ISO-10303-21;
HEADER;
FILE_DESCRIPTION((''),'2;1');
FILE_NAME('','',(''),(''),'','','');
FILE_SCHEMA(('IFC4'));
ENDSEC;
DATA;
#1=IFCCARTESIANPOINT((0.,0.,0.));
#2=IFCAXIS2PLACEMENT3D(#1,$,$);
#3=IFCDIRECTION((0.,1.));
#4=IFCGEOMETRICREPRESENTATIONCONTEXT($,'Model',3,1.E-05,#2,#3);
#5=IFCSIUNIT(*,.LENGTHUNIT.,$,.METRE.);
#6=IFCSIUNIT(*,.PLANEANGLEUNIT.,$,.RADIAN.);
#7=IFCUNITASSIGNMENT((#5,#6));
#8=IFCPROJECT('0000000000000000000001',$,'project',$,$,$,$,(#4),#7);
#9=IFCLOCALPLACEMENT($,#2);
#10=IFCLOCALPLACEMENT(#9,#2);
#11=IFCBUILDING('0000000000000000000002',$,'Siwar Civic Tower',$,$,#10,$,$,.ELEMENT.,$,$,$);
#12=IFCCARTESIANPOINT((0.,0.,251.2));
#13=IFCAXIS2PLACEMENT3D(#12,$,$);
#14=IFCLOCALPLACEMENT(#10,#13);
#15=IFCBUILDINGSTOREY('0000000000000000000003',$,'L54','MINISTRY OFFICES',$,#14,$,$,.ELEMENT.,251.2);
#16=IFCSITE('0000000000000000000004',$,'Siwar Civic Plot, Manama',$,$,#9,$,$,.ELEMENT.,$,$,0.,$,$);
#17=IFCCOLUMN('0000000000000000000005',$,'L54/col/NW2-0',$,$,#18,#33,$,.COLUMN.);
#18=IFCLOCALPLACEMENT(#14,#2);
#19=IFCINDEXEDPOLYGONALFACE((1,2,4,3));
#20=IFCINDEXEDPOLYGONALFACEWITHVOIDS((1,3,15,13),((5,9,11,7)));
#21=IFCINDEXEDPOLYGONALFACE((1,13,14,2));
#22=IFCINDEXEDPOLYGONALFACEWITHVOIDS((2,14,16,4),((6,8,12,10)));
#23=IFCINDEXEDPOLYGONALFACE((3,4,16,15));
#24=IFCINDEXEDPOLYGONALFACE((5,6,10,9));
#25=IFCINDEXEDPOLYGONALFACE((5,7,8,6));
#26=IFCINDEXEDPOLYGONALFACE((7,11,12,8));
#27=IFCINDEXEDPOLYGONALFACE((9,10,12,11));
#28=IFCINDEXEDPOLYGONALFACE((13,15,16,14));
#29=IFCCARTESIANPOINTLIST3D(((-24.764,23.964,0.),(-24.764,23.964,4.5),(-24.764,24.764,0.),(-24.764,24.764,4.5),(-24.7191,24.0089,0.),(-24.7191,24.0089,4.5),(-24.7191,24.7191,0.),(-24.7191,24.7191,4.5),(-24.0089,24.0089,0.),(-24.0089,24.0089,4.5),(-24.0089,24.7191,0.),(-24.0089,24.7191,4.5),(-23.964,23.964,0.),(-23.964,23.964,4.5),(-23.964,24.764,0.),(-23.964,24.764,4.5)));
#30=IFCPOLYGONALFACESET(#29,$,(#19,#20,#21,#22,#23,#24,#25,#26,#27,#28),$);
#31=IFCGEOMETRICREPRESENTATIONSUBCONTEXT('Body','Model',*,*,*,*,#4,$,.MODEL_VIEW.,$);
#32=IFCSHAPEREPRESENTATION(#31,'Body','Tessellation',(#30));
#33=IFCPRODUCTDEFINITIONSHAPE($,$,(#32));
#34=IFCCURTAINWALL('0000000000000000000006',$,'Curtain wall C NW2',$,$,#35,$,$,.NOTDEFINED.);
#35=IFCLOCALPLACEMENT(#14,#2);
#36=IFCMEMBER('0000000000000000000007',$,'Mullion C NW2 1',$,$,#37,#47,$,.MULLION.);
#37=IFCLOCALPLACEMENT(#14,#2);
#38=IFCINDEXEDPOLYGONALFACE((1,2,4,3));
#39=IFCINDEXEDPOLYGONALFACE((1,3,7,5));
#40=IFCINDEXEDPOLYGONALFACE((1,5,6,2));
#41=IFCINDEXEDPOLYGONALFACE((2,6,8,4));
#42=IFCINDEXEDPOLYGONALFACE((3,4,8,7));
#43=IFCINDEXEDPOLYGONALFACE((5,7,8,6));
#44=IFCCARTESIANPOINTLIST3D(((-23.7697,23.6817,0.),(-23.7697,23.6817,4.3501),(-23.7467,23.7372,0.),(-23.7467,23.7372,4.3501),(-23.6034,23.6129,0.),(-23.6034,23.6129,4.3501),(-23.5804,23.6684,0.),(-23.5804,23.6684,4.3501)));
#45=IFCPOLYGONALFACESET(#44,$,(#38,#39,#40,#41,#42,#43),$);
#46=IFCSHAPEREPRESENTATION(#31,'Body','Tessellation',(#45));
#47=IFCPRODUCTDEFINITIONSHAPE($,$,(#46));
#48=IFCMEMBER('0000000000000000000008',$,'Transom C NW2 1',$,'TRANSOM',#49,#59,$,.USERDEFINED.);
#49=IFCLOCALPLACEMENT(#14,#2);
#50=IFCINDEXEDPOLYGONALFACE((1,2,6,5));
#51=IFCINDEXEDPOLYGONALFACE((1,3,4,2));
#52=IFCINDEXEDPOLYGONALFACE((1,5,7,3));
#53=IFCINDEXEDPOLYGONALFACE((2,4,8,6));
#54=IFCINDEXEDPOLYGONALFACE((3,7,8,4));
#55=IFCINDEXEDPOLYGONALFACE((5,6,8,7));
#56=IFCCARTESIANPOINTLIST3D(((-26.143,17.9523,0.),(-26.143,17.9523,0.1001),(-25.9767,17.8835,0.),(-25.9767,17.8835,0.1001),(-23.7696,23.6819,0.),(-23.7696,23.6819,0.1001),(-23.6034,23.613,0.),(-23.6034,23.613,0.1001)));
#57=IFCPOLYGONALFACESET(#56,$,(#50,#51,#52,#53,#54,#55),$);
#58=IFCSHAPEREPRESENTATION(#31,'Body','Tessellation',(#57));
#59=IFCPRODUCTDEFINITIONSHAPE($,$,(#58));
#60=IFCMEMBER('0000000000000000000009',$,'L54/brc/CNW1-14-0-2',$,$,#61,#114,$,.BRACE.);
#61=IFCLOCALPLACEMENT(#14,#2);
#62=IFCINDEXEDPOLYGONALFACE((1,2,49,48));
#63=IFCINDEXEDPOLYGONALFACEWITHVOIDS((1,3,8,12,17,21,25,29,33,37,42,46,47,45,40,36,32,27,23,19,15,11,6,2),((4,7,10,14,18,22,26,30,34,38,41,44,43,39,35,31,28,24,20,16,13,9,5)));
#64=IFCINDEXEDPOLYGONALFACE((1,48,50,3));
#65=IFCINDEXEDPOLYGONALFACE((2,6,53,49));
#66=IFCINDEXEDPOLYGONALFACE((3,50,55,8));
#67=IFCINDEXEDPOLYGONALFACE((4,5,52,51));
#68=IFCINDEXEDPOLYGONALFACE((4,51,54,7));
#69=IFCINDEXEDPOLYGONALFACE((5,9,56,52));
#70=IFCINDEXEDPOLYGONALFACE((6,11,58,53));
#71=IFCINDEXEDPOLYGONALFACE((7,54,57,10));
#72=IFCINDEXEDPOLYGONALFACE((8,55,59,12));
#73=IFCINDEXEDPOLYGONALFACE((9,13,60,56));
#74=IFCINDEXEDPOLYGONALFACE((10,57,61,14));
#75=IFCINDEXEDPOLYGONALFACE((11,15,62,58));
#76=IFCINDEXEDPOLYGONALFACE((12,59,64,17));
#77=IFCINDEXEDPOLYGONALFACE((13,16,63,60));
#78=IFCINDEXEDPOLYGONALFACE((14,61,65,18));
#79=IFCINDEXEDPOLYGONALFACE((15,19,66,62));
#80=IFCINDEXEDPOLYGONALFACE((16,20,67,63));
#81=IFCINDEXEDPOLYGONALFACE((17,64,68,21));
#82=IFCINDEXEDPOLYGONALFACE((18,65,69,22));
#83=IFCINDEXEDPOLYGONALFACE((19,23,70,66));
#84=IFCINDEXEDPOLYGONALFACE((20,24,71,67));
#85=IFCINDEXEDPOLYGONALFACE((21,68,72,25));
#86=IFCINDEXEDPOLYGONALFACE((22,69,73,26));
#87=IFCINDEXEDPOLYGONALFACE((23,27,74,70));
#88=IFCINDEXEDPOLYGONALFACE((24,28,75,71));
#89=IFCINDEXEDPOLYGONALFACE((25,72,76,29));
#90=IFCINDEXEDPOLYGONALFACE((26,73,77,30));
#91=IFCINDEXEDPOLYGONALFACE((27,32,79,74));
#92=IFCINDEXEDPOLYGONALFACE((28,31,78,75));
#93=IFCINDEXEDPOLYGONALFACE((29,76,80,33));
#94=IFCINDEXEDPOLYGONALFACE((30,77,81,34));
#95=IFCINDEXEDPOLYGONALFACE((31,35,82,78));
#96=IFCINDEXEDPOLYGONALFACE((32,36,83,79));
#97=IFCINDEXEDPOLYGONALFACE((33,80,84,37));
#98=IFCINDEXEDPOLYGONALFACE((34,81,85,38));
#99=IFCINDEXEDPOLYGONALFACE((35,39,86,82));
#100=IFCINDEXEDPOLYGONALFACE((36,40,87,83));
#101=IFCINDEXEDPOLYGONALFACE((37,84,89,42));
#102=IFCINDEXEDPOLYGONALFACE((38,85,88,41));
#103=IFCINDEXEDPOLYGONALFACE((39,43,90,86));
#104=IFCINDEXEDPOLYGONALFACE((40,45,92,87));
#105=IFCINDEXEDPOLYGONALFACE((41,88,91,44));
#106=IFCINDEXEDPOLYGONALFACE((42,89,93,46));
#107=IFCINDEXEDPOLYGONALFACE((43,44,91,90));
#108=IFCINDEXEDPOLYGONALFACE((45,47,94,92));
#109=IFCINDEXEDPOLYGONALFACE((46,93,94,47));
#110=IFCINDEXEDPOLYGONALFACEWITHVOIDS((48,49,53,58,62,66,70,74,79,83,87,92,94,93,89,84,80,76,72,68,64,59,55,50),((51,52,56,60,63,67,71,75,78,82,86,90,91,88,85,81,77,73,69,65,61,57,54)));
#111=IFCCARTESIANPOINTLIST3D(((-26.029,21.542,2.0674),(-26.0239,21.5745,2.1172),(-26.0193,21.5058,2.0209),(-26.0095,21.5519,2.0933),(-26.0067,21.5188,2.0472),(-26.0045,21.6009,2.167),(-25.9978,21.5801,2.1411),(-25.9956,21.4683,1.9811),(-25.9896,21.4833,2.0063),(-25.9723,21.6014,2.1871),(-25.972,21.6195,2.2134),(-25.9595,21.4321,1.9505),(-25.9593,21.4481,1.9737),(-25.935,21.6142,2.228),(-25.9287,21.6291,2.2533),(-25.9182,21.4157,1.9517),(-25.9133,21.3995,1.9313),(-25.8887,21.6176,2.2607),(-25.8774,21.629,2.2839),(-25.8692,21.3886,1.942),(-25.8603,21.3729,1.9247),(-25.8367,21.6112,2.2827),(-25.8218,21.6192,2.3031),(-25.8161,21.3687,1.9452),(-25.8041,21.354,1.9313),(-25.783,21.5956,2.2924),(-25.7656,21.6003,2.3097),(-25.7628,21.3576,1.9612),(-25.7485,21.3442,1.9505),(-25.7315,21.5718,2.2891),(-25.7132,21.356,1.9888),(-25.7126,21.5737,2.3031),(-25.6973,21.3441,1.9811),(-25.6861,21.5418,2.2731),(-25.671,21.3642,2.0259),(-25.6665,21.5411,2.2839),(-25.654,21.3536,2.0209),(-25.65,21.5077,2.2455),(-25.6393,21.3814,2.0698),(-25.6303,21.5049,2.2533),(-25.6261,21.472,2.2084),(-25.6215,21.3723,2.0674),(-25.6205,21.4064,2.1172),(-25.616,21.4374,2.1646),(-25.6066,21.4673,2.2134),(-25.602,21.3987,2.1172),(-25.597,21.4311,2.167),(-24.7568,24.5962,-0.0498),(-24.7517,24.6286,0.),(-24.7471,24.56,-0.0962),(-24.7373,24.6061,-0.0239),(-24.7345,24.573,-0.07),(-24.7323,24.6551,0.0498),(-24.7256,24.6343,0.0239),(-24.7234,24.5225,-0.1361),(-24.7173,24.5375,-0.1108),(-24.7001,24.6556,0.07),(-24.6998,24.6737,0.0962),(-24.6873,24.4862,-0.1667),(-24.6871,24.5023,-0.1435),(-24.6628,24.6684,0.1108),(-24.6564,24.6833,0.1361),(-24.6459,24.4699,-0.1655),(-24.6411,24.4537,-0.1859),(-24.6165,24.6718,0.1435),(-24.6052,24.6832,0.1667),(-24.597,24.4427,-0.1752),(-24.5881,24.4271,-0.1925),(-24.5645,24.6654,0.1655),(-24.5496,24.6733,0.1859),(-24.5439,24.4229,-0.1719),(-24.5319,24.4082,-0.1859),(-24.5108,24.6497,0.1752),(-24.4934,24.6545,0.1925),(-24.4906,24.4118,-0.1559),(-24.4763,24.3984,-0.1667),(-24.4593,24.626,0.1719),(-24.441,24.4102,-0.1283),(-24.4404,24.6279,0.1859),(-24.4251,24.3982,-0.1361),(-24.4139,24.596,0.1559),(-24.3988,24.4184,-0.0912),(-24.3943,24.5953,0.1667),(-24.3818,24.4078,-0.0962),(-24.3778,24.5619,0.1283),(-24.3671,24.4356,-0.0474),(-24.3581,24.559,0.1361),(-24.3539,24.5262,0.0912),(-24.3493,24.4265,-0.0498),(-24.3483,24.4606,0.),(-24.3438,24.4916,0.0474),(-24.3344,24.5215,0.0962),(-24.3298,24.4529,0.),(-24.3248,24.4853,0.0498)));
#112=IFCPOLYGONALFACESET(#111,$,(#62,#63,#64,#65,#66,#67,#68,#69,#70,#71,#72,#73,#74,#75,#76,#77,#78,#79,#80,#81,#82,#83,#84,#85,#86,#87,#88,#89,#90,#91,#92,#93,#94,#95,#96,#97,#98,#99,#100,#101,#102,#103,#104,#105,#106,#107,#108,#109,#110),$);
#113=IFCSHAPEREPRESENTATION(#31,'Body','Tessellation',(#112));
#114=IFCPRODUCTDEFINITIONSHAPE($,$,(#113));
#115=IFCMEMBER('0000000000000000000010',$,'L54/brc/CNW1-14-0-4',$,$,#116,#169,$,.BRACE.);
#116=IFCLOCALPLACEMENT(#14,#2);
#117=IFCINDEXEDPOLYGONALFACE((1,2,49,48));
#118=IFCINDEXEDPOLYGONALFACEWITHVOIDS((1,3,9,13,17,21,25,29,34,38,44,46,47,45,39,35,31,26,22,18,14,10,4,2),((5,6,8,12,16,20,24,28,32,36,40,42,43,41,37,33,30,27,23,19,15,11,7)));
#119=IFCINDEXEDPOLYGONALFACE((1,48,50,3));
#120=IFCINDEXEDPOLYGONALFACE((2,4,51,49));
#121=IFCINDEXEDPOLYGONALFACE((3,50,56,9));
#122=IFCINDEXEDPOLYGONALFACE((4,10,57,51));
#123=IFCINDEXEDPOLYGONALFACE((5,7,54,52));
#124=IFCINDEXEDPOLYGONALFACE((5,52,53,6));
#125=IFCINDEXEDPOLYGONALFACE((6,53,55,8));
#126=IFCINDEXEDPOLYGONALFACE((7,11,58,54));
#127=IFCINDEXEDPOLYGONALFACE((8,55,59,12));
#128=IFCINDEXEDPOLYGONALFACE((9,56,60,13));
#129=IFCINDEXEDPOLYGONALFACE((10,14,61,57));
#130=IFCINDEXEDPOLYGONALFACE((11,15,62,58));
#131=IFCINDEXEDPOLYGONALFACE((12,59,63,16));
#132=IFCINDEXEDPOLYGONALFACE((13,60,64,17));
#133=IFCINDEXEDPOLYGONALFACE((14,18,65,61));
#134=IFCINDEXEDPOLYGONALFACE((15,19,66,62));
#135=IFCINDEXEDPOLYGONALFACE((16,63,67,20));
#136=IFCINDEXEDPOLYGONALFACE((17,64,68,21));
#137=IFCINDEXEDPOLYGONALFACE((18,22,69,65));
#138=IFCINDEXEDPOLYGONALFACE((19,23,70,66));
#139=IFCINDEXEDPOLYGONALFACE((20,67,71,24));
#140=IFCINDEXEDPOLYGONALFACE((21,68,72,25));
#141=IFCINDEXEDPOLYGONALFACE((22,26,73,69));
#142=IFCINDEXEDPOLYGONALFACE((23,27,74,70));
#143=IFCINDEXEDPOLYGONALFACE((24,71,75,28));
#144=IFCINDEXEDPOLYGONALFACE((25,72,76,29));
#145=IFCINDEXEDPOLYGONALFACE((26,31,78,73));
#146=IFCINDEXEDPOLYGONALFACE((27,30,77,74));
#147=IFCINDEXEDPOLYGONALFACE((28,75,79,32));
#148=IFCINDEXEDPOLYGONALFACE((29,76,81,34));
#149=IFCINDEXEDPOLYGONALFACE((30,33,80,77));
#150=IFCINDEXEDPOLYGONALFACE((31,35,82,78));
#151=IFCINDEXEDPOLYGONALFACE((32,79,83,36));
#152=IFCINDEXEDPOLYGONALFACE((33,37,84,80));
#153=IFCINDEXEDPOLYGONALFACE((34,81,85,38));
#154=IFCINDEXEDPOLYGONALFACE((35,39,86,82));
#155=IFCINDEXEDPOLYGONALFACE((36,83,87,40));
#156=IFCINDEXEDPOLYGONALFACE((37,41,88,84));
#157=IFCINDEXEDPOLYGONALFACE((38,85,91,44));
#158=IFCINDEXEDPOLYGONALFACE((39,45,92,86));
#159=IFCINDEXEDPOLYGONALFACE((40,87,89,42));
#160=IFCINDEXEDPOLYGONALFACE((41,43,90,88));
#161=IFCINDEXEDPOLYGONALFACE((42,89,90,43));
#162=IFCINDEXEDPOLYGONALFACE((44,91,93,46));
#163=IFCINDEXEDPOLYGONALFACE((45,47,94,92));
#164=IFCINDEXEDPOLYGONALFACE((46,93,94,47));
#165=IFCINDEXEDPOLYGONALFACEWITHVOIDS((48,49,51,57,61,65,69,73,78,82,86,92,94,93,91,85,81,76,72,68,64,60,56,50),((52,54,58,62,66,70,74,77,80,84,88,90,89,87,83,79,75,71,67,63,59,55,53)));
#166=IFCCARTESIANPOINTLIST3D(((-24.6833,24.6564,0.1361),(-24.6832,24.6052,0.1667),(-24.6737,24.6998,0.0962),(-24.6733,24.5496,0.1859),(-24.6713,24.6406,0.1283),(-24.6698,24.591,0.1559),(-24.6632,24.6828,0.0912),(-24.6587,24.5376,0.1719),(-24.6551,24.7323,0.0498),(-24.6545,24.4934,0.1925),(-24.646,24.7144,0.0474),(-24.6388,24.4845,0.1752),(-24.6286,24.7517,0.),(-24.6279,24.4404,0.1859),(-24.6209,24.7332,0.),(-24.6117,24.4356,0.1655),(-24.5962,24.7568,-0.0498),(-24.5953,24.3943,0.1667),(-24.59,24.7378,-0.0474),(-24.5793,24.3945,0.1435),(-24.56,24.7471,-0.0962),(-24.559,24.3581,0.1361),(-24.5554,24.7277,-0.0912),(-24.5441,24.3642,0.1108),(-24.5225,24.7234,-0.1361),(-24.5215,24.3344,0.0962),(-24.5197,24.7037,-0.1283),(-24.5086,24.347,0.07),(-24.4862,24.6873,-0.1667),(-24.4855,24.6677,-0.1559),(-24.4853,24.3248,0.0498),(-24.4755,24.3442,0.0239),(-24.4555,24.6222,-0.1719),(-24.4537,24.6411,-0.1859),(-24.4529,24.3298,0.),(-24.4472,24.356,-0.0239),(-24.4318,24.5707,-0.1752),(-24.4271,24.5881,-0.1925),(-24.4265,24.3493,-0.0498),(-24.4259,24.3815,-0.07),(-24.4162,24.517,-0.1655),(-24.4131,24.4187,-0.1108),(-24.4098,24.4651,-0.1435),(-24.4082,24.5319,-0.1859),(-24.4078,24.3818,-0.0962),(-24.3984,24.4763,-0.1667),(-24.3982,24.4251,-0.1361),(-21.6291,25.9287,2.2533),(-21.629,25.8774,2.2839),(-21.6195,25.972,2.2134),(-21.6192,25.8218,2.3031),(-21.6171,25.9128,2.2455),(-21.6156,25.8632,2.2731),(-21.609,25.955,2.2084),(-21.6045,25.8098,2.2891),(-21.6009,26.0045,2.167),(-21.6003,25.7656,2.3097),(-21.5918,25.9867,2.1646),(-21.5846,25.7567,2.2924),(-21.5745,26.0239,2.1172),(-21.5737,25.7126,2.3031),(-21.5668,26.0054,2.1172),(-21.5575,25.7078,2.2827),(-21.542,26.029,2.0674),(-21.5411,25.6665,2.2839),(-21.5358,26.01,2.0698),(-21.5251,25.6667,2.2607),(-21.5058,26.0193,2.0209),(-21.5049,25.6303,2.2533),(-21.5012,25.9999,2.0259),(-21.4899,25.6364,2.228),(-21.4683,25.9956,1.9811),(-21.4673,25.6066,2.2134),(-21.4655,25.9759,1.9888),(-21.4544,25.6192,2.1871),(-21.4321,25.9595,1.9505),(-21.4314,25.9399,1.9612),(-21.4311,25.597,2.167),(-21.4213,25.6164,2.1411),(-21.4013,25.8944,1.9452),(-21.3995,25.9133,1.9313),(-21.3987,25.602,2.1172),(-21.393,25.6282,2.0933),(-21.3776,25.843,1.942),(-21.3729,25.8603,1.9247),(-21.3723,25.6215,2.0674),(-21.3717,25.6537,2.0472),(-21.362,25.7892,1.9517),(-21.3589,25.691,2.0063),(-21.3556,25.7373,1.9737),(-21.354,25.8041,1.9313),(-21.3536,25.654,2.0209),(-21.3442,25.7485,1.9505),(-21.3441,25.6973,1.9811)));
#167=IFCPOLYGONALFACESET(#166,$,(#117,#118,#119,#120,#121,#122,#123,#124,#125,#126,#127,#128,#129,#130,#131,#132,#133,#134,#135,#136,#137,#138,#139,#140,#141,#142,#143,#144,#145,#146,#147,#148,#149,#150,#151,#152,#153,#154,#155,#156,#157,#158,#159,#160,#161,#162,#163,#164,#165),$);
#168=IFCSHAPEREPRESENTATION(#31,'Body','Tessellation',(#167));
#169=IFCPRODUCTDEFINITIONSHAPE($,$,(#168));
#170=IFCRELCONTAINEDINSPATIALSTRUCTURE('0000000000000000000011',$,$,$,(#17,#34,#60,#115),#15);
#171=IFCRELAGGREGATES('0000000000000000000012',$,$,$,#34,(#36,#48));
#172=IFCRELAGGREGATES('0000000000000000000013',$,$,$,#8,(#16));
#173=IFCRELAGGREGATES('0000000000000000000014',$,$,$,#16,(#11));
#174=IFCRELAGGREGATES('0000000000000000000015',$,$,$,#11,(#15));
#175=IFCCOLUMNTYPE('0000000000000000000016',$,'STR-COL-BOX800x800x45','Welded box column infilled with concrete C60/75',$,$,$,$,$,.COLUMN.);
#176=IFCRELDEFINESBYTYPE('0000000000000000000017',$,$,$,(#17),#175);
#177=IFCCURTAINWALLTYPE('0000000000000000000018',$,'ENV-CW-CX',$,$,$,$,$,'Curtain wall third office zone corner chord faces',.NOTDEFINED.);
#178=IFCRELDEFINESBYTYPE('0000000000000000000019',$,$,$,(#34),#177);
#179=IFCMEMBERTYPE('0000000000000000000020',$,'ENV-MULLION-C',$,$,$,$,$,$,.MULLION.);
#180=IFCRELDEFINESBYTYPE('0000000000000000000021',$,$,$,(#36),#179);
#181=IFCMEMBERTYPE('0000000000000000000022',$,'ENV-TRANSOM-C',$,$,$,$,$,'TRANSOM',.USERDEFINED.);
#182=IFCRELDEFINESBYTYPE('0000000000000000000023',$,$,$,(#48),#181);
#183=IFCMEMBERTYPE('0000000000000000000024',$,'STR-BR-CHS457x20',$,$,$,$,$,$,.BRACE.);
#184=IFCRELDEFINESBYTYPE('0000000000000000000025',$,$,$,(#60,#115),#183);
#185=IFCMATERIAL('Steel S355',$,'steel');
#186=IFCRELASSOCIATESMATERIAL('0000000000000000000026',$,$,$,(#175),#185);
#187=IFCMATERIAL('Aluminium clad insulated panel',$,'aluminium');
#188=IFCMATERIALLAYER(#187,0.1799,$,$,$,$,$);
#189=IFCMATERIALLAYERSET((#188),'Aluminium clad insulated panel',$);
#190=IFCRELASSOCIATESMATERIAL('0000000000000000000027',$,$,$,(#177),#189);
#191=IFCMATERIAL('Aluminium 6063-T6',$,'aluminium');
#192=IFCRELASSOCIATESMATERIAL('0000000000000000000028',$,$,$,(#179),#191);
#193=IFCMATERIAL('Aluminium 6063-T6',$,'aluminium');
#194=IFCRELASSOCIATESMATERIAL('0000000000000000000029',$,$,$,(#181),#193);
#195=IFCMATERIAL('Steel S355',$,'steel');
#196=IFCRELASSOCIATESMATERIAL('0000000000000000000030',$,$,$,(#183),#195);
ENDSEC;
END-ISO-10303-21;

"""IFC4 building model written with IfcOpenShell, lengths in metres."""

from ifc_helpers import new_model, si_unit, direction, frame, origin, origin_2d, place, context, subcontext, project, spatial, rectangle, hollow_rectangle, hollow_circle, extrude, material, layer, layer_set, material_profile, profile_set, type_object, element, aggregate, save


model = new_model("IFC4")

# Units and contexts
model_context = context("Model", 3, precision=1e-05, world=origin(), true_north=direction((0.0, 1.0)))
body_context = subcontext(model_context, "Body", "Model", "MODEL_VIEW")
ifc_project = project(units=[si_unit("LENGTHUNIT", "METRE"), si_unit("PLANEANGLEUNIT", "RADIAN")], contexts=[model_context])

# Site, building, storey
site_placement = place(None, origin())
site = spatial("IfcSite", under=ifc_project, at=site_placement, Name="Siwar Civic Plot, Manama", CompositionType="ELEMENT", RefElevation=0.0)
building_placement = place(site_placement, origin())
building = spatial("IfcBuilding", under=site, at=building_placement, Name="Siwar Civic Tower", CompositionType="ELEMENT")
storey_placement = place(building_placement, frame((0.0, 0.0, 251.2)))
storey = spatial("IfcBuildingStorey", under=building, at=storey_placement, Name="L54", Description="MINISTRY OFFICES", CompositionType="ELEMENT", Elevation=251.2)

# Column
ifc_material_1 = material(Name="Steel S355", Category="steel")
ifc_material_profile_1 = material_profile(ifc_material_1, hollow_rectangle(XDim=0.8, YDim=0.8, WallThickness=0.0449, at=origin_2d()), Name="BOX800x800x45")
ifc_profile_set_1 = profile_set([ifc_material_profile_1], Name="Steel S355")
column_type = type_object("IfcColumnType", Name="STR-COL-BOX800x800x45", Description="Welded box column infilled with concrete C60/75", PredefinedType="COLUMN", material=ifc_profile_set_1)
column_placement = place(storey_placement, frame((-24.364, 24.364, 0.0), z_axis=(0.0, 0.0, 1.0), x_axis=(1.0, 0.0, 0.0)))
element("IfcColumn", 1, at=column_placement, inside=storey, type_object=column_type, Name="L54/col/NW2-0", PredefinedType="COLUMN", context=body_context, shape_type="SweptSolid", body=[
    extrude(hollow_rectangle(XDim=0.8, YDim=0.8, WallThickness=0.0449, at=origin_2d()), origin(), (0.0, 0.0, 1.0), 4.5),
])

# Curtain wall, members
ifc_material_2 = material(Name="Aluminium clad insulated panel", Category="aluminium")
ifc_layer_1 = layer(ifc_material_2, 0.1799)
ifc_layer_set_1 = layer_set([ifc_layer_1], Name="Aluminium clad insulated panel")
curtain_wall_type = type_object("IfcCurtainWallType", Name="ENV-CW-CX", ElementType="Curtain wall third office zone corner chord faces", PredefinedType="NOTDEFINED", material=ifc_layer_set_1)
curtain_wall_1_placement = place(storey_placement, origin())
curtain_wall_1 = element("IfcCurtainWall", 2, at=curtain_wall_1_placement, inside=storey, type_object=curtain_wall_type, Name="Curtain wall C NW2", PredefinedType="NOTDEFINED")
ifc_material_3 = material(Name="Aluminium 6063-T6", Category="aluminium")
ifc_material_profile_2 = material_profile(ifc_material_3, rectangle(XDim=0.1799, YDim=0.0601, at=origin_2d()), Name="AL 180x60")
ifc_profile_set_2 = profile_set([ifc_material_profile_2], Name="Aluminium 6063-T6")
member_type_1 = type_object("IfcMemberType", Name="ENV-MULLION-C", PredefinedType="MULLION", material=ifc_profile_set_2)
member_1_placement = place(storey_placement, frame((-23.675, 23.675, 0.0), z_axis=(0.0, 0.0, 1.0), x_axis=(0.92388, -0.382683, 0.0)))
member_1 = element("IfcMember", 3, at=member_1_placement, type_object=member_type_1, Name="Mullion C NW2 1", PredefinedType="MULLION", context=body_context, shape_type="SweptSolid", body=[
    extrude(rectangle(XDim=0.1799, YDim=0.0601, at=origin_2d()), origin(), (0.0, 0.0, 1.0), 4.3501),
])
ifc_material_4 = material(Name="Aluminium 6063-T6", Category="aluminium")
ifc_material_profile_3 = material_profile(ifc_material_4, rectangle(XDim=0.1799, YDim=0.1001, at=origin_2d()), Name="AL 180x100")
ifc_profile_set_3 = profile_set([ifc_material_profile_3], Name="Aluminium 6063-T6")
member_type_2 = type_object("IfcMemberType", Name="ENV-TRANSOM-C", ElementType="TRANSOM", PredefinedType="USERDEFINED", material=ifc_profile_set_3)
member_2_placement = place(storey_placement, frame((-23.6865, 23.6475, 0.05), z_axis=(-0.382691, -0.923876, 0.0), x_axis=(0.923876, -0.382691, 0.0)))
member_2 = element("IfcMember", 4, at=member_2_placement, type_object=member_type_2, Name="Transom C NW2 1", ObjectType="TRANSOM", PredefinedType="USERDEFINED", context=body_context, shape_type="SweptSolid", body=[
    extrude(rectangle(XDim=0.1799, YDim=0.1001, at=origin_2d()), origin(), (0.0, 0.0, 1.0), 6.2017),
])
aggregate(curtain_wall_1, [member_1, member_2])

# Members
ifc_material_5 = material(Name="Steel S355", Category="steel")
ifc_material_profile_4 = material_profile(ifc_material_5, hollow_circle(Radius=0.2285, WallThickness=0.02, at=origin_2d()), Name="CHS457x20")
ifc_profile_set_4 = profile_set([ifc_material_profile_4], Name="Steel S355")
member_type_3 = type_object("IfcMemberType", Name="STR-BR-CHS457x20", PredefinedType="BRACE", material=ifc_profile_set_4)
for number, where, z_axis, x_axis, name in (
    (5, (-24.5408, 24.5408, 0.0), (-0.323884, -0.777546, 0.538999), (0.923116, -0.384521, 0.0), "L54/brc/CNW1-14-0-2"),
    (6, (-24.5408, 24.5408, 0.0), (0.777546, 0.323884, 0.538999), (-0.384521, 0.923116, 0.0), "L54/brc/CNW1-14-0-4"),
):
    element("IfcMember", number, at=place(storey_placement, frame(where, z_axis=z_axis, x_axis=x_axis)), inside=storey, type_object=member_type_3, Name=name, PredefinedType="BRACE", context=body_context, shape_type="SweptSolid", body=[
        extrude(hollow_circle(Radius=0.2285, WallThickness=0.02, at=origin_2d()), origin(), (0.0, 0.0, 1.0), 3.928),
    ])

save(model, "model.ifc")
